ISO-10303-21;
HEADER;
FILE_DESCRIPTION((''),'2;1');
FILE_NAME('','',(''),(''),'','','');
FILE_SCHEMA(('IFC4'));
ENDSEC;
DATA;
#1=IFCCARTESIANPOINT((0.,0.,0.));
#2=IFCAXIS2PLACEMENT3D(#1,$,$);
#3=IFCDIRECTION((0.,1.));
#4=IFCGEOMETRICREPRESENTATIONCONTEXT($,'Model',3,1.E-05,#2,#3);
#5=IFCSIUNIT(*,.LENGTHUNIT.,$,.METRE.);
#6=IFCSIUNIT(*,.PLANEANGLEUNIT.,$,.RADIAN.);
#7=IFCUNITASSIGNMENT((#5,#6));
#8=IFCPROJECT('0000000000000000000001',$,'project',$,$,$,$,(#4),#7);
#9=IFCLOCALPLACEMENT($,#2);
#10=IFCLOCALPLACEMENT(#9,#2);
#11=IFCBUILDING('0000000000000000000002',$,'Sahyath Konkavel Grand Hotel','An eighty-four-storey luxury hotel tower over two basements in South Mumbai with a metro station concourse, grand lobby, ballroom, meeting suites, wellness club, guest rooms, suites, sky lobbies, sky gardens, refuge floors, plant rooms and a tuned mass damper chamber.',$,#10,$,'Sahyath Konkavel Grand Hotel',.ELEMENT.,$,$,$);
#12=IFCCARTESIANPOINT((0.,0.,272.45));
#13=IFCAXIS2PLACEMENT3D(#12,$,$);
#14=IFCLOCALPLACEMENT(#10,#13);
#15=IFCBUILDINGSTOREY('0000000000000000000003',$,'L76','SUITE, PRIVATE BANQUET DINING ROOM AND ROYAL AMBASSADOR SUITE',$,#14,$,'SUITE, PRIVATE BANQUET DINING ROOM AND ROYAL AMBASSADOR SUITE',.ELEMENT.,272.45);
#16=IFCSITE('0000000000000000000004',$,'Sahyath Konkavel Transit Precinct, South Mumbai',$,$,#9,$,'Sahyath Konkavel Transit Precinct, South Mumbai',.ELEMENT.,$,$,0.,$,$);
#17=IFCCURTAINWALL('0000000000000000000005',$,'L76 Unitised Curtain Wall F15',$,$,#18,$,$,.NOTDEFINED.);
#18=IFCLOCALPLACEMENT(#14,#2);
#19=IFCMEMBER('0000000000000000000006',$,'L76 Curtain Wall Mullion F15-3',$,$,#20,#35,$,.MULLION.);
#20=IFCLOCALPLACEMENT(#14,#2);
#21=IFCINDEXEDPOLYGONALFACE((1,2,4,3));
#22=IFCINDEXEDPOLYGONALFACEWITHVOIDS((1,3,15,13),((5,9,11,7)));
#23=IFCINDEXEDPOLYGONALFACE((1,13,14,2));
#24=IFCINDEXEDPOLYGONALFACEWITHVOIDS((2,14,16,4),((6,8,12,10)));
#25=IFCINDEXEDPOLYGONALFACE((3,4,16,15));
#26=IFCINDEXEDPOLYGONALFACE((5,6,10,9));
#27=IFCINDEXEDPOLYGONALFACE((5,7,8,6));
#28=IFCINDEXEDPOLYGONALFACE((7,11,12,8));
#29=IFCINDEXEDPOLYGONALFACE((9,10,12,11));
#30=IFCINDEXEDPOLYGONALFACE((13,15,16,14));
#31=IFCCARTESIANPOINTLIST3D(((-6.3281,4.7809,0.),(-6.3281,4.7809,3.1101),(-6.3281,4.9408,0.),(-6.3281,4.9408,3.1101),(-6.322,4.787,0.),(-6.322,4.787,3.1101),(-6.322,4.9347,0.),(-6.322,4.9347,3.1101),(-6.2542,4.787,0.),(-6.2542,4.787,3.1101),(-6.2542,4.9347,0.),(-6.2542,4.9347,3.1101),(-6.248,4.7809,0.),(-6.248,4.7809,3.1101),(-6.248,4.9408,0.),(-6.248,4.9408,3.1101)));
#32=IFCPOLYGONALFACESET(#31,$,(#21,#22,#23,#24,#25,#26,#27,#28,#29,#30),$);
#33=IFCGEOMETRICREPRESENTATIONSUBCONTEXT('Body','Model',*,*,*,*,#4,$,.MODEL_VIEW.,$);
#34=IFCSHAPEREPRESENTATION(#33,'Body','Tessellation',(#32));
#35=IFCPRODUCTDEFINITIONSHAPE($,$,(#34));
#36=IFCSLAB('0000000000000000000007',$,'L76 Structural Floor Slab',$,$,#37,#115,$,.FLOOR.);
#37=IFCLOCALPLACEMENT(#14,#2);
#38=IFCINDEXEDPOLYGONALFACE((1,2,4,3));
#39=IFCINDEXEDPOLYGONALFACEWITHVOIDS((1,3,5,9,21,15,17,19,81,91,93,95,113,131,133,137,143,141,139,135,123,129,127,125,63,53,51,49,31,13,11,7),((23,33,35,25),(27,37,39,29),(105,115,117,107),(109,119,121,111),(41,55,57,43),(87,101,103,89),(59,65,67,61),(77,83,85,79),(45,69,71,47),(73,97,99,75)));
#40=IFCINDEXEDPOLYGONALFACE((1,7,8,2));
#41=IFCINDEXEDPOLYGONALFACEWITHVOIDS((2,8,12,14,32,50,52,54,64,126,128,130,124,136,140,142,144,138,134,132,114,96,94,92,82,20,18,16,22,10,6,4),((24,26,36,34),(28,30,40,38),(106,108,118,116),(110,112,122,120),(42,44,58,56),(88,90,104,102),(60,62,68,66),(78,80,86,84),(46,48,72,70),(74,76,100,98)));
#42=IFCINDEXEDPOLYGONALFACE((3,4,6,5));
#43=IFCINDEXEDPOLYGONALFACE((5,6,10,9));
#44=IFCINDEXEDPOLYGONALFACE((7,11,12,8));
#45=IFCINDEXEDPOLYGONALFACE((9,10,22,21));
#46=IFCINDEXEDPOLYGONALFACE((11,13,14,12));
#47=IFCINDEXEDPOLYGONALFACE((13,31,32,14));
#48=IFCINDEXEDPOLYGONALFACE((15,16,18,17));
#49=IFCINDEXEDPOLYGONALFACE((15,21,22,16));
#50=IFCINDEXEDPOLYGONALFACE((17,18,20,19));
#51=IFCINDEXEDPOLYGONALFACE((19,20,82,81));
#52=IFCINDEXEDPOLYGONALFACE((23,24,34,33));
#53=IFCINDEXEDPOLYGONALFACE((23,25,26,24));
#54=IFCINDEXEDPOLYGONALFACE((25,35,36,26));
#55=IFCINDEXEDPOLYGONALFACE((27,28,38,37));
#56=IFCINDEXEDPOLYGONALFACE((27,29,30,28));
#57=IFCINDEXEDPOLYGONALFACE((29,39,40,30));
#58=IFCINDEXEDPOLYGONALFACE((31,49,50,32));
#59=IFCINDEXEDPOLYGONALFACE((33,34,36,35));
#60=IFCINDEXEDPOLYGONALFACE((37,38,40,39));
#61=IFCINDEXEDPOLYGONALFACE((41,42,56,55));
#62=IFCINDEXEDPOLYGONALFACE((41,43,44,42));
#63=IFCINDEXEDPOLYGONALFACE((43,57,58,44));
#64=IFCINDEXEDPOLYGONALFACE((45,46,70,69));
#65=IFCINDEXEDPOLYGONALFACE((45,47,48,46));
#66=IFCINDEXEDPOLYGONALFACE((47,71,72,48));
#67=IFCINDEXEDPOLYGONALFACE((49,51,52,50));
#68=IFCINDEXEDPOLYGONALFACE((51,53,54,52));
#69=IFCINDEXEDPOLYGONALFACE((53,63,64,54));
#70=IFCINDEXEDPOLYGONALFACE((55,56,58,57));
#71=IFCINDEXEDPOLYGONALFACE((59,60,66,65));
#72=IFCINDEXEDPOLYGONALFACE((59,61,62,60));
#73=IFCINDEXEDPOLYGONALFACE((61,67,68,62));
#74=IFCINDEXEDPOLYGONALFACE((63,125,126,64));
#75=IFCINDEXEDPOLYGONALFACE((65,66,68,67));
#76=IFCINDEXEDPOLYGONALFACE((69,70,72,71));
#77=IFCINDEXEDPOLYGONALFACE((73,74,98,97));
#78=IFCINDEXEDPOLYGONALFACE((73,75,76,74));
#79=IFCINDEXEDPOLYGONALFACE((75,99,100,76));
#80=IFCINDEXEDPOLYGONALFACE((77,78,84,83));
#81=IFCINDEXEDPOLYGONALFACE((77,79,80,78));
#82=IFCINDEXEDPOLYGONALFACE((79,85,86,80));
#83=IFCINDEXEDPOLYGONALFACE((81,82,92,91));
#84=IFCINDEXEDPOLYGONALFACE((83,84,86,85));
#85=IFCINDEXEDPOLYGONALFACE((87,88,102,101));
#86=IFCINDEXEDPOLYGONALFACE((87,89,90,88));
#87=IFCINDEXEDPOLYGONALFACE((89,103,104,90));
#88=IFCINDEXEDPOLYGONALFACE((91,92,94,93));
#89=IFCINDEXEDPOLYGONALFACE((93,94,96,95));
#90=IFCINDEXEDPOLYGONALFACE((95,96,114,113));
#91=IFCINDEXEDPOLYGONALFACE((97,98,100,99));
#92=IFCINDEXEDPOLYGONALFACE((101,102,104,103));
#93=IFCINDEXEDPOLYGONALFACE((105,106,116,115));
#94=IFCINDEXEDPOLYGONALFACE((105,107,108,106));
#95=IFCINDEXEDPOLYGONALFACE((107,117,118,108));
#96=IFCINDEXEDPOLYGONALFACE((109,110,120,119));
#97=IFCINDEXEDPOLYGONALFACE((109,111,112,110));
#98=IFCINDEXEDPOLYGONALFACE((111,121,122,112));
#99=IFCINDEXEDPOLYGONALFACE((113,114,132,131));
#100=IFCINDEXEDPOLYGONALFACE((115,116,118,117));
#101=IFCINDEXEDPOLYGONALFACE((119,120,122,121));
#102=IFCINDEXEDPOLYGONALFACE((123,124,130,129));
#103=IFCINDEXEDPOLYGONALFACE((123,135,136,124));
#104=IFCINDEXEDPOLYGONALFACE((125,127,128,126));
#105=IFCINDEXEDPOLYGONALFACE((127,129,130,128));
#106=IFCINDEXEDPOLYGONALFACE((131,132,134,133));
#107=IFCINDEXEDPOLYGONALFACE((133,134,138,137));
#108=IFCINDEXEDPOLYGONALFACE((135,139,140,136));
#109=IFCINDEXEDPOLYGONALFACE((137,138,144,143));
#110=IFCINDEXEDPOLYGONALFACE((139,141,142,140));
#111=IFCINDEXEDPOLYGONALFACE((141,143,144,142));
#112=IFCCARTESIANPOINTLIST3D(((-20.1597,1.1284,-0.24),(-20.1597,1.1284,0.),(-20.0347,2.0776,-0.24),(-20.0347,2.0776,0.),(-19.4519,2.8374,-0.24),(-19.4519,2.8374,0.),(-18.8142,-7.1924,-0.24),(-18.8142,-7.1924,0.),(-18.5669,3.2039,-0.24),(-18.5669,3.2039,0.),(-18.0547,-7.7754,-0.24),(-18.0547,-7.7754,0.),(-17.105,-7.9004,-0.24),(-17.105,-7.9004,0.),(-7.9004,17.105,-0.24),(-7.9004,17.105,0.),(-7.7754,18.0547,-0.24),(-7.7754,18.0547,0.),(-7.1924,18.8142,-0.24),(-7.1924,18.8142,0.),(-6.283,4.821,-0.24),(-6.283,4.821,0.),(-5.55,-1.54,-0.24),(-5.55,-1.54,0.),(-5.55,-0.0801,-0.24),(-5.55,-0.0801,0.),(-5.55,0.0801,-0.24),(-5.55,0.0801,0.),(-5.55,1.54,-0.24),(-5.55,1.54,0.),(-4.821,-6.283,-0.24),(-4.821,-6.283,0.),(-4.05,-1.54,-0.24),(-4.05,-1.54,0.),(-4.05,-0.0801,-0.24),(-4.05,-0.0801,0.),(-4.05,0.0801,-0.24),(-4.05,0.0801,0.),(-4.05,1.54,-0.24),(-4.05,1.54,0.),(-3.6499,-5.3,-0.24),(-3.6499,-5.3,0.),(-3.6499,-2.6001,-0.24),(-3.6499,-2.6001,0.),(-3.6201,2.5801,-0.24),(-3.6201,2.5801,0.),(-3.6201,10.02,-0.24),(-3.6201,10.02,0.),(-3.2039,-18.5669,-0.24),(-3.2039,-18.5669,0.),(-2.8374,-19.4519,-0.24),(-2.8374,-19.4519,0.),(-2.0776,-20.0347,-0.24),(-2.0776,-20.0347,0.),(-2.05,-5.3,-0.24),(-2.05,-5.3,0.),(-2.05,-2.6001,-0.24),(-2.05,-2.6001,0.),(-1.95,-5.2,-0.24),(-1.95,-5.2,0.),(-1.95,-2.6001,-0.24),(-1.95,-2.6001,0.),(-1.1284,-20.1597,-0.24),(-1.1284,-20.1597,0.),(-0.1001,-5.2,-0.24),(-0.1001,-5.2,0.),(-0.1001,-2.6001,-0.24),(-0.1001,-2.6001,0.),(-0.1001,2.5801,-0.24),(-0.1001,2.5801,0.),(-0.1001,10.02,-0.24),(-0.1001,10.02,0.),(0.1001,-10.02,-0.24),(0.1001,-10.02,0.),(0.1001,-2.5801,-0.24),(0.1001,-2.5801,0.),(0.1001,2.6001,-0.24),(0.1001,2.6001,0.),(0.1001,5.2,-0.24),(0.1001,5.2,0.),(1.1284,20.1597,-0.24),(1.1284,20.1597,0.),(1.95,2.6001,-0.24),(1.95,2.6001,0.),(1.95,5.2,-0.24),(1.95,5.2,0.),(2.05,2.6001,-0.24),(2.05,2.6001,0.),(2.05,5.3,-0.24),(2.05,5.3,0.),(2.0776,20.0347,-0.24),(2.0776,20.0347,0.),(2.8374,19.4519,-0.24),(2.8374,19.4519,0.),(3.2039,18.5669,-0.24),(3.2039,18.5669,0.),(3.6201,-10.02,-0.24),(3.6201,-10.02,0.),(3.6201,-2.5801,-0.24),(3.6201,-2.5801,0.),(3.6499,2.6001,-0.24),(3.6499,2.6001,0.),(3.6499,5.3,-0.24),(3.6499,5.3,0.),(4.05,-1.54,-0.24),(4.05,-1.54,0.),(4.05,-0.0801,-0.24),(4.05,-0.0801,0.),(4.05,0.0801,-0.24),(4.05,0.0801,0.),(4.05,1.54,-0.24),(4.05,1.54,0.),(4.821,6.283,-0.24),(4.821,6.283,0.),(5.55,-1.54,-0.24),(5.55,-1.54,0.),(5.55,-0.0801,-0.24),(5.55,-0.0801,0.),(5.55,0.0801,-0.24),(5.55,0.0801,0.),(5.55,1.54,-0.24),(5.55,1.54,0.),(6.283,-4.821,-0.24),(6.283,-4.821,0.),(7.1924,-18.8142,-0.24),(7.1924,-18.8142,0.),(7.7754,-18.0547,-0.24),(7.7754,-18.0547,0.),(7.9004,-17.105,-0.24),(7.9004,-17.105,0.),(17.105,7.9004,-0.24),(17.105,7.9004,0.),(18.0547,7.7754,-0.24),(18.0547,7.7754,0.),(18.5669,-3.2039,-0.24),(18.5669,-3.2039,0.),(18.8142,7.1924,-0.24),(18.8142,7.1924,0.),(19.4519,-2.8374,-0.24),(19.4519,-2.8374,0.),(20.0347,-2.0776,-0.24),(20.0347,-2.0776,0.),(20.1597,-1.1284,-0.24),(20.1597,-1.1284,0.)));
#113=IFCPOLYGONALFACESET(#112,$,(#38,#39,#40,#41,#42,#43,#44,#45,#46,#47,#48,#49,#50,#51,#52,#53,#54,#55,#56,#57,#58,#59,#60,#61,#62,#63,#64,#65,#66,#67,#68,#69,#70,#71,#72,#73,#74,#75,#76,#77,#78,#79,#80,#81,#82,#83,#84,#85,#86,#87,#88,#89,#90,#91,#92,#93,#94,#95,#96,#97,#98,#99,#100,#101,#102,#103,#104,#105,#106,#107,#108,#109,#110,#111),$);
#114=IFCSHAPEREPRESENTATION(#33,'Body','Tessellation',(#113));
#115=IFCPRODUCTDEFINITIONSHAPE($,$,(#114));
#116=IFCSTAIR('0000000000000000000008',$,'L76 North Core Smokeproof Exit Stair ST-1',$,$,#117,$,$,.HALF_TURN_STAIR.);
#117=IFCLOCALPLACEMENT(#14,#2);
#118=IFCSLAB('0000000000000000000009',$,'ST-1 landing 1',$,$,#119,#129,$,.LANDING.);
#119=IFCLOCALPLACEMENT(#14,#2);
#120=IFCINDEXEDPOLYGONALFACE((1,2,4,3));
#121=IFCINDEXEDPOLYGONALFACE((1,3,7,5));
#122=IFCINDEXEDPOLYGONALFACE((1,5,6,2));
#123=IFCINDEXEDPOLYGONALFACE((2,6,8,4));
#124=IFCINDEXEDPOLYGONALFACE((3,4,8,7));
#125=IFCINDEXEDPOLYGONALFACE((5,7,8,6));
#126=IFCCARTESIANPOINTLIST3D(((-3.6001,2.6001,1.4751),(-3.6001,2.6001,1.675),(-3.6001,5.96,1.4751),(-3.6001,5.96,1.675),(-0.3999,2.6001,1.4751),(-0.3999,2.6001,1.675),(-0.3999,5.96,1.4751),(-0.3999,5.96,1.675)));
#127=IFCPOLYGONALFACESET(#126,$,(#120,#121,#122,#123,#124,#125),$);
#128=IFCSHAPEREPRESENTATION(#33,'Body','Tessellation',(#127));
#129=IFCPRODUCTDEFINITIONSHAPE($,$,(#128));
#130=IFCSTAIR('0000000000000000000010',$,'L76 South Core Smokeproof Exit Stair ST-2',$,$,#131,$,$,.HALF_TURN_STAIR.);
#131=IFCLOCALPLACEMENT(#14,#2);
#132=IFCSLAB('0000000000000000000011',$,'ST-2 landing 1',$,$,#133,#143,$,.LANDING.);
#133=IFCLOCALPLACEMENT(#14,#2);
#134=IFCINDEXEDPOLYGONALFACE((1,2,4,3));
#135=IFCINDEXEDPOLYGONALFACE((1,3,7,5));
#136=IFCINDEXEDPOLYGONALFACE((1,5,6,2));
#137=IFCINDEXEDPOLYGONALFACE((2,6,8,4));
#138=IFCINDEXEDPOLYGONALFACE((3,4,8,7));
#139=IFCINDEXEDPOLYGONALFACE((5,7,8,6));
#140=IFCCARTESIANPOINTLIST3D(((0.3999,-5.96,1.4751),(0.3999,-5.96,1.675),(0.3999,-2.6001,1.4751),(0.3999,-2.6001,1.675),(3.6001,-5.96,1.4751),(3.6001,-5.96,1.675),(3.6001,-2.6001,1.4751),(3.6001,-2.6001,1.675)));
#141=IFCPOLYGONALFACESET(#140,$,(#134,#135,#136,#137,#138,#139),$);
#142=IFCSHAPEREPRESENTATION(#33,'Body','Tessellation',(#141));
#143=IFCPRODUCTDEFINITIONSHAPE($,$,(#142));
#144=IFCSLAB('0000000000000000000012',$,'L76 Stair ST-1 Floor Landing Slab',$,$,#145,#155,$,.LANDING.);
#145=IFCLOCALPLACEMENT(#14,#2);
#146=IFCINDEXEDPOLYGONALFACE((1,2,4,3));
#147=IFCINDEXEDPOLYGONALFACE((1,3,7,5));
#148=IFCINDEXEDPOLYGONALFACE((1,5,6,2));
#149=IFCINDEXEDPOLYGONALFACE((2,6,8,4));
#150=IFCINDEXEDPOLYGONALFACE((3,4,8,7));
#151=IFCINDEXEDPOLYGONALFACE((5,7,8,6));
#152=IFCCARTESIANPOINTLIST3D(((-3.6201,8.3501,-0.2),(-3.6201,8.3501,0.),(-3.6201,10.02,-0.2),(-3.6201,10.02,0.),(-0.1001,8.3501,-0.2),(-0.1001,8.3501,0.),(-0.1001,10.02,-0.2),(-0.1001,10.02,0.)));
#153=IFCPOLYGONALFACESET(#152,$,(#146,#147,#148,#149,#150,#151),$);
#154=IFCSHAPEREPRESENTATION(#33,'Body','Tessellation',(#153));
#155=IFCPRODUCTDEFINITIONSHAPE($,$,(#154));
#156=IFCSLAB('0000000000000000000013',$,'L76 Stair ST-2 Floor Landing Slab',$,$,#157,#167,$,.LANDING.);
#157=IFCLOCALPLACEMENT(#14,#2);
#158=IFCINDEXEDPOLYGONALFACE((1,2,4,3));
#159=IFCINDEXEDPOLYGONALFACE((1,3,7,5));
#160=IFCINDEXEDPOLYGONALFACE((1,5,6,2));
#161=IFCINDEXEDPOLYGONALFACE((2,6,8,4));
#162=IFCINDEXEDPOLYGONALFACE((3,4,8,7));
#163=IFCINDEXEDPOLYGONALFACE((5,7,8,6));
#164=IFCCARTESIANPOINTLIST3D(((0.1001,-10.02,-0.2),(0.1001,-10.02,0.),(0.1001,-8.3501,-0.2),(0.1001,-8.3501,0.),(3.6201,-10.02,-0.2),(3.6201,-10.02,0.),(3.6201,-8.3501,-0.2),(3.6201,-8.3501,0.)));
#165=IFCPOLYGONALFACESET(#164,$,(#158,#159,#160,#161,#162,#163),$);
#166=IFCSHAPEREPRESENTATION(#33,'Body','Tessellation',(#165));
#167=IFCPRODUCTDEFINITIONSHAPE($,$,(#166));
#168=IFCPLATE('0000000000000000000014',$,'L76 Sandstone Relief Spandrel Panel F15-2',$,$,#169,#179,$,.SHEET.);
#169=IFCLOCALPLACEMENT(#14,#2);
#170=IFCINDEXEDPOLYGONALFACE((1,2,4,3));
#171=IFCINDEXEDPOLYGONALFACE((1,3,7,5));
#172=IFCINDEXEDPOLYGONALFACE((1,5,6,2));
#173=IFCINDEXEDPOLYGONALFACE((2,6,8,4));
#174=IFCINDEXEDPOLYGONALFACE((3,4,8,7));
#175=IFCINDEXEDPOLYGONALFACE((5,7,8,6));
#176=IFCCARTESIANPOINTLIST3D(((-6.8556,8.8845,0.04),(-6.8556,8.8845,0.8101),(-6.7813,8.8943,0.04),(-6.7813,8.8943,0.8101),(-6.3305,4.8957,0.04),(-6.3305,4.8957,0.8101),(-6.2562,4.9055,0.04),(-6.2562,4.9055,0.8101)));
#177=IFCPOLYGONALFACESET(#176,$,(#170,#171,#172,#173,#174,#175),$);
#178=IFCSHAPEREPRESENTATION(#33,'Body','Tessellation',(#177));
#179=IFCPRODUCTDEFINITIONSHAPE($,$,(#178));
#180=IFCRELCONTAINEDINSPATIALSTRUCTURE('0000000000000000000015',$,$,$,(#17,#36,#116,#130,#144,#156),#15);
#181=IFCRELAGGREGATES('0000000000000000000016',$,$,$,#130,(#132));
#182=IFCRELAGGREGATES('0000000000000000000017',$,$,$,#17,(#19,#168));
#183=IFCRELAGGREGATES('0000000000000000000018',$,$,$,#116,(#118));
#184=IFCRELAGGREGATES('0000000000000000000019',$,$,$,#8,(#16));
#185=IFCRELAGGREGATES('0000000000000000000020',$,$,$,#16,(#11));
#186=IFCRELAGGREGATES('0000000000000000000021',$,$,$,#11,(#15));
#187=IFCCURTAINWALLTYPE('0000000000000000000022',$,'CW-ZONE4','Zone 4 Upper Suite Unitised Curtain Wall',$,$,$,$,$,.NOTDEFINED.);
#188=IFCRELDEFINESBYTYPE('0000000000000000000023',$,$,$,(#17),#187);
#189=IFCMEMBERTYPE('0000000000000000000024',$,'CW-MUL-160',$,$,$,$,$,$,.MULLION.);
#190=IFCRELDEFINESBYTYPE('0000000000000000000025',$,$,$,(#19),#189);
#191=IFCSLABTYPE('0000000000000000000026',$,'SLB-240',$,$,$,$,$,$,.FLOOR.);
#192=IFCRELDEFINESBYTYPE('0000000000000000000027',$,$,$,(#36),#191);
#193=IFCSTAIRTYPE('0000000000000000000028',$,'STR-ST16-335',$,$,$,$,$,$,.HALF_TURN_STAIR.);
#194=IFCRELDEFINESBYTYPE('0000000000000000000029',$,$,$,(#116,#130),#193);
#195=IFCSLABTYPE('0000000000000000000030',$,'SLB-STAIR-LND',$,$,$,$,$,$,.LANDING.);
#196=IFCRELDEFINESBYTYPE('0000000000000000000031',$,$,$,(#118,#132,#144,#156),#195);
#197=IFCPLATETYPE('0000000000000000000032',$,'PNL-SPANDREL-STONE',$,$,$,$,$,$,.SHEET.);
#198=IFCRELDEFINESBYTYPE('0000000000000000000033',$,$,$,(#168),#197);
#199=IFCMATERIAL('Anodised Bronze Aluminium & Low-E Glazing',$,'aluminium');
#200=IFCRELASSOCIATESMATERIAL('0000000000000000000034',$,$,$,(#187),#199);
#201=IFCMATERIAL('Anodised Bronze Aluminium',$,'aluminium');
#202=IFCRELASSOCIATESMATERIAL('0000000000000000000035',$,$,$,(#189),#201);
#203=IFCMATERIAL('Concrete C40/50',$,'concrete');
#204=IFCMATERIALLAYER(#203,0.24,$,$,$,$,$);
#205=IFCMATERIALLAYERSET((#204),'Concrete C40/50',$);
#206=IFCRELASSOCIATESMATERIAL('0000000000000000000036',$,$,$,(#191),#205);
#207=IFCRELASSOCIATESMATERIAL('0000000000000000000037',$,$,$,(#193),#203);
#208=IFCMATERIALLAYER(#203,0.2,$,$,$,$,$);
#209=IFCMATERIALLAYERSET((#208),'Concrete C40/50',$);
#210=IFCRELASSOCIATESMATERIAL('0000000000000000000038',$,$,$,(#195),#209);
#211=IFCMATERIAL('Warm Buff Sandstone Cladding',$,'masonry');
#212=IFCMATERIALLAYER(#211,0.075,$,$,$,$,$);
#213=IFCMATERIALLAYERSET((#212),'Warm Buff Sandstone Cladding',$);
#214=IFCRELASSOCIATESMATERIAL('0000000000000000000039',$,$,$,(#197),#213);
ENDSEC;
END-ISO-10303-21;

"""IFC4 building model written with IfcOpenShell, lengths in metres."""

from ifc_helpers import new_model, si_unit, direction, frame, origin, origin_2d, place, context, subcontext, project, spatial, polyline, rectangle, hollow_rectangle, outline, extrude, source, transform, mapped, material, layer, layer_set, material_profile, profile_set, type_object, element, aggregate, save


model = new_model("IFC4")

# Units and contexts
model_context = context("Model", 3, precision=1e-05, world=origin(), true_north=direction((0.0, 1.0)))
body_context = subcontext(model_context, "Body", "Model", "MODEL_VIEW")
ifc_project = project(units=[si_unit("LENGTHUNIT", "METRE"), si_unit("PLANEANGLEUNIT", "RADIAN")], contexts=[model_context])

# Site, building, storey
site_placement = place(None, origin())
site = spatial("IfcSite", under=ifc_project, at=site_placement, Name="Sahyath Konkavel Transit Precinct, South Mumbai", LongName="Sahyath Konkavel Transit Precinct, South Mumbai", CompositionType="ELEMENT", RefElevation=0.0)
building_placement = place(site_placement, origin())
building = spatial("IfcBuilding", under=site, at=building_placement, Name="Sahyath Konkavel Grand Hotel", Description="An eighty-four-storey luxury hotel tower over two basements in South Mumbai with a metro station concourse, grand lobby, ballroom, meeting suites, wellness club, guest rooms, suites, sky lobbies, sky gardens, refuge floors, plant rooms and a tuned mass damper chamber.", LongName="Sahyath Konkavel Grand Hotel", CompositionType="ELEMENT")
storey_placement = place(building_placement, frame((0.0, 0.0, 272.45)))
storey = spatial("IfcBuildingStorey", under=building, at=storey_placement, Name="L76", Description="SUITE, PRIVATE BANQUET DINING ROOM AND ROYAL AMBASSADOR SUITE", LongName="SUITE, PRIVATE BANQUET DINING ROOM AND ROYAL AMBASSADOR SUITE", CompositionType="ELEMENT", Elevation=272.45)

# Shared definitions
ifc_material_1 = material(Name="Concrete C40/50", Category="concrete")

# Curtain wall, member
ifc_material_2 = material(Name="Anodised Bronze Aluminium & Low-E Glazing", Category="aluminium")
curtain_wall_type = type_object("IfcCurtainWallType", Name="CW-ZONE4", Description="Zone 4 Upper Suite Unitised Curtain Wall", PredefinedType="NOTDEFINED", material=ifc_material_2)
curtain_wall_placement = place(storey_placement, origin())
curtain_wall = element("IfcCurtainWall", 1, at=curtain_wall_placement, inside=storey, type_object=curtain_wall_type, Name="L76 Unitised Curtain Wall F15", PredefinedType="NOTDEFINED")
ifc_material_3 = material(Name="Anodised Bronze Aluminium", Category="aluminium")
ifc_material_profile_1 = material_profile(ifc_material_3, hollow_rectangle(XDim=0.0801, YDim=0.1599, WallThickness=0.0061, at=origin_2d()), Name="RHS 160x80x6")
ifc_profile_set_1 = profile_set([ifc_material_profile_1], Name="Anodised Bronze Aluminium")
member_type = type_object("IfcMemberType", Name="CW-MUL-160", PredefinedType="MULLION", material=ifc_profile_set_1)
shared_shape_1 = source(origin(), body_context, "Body", "SweptSolid", [
    extrude(hollow_rectangle(XDim=0.0801, YDim=0.1599, WallThickness=0.0061, at=origin_2d()), origin(), (0.0, 0.0, 1.0), 3.1101),
])
member_placement = place(storey_placement, frame((-6.2881, 4.8608, 0.0), z_axis=(0.0, 0.0, 1.0), x_axis=(1.0, 0.0, 0.0)))
member = element("IfcMember", 2, at=member_placement, type_object=member_type, Name="L76 Curtain Wall Mullion F15-3", PredefinedType="MULLION", context=body_context, shape_type="MappedRepresentation", body=[
    mapped(shared_shape_1, transform((0.0, 0.0, 0.0), scale=1.0)),
])

# Slab
ifc_layer_1 = layer(ifc_material_1, 0.24)
ifc_layer_set_1 = layer_set([ifc_layer_1], Name="Concrete C40/50")
slab_type_1 = type_object("IfcSlabType", Name="SLB-240", PredefinedType="FLOOR", material=ifc_layer_set_1)
slab_1_placement = place(storey_placement, frame((0.0, 0.0, -0.24)))
element("IfcSlab", 3, at=slab_1_placement, inside=storey, type_object=slab_type_1, Name="L76 Structural Floor Slab", PredefinedType="FLOOR", context=body_context, shape_type="SweptSolid", body=[
    extrude(outline(polyline([(6.283, -4.821), (18.5669, -3.2039), (19.4519, -2.8374), (20.0347, -2.0776), (20.1597, -1.1284), (18.8142, 7.1924), (18.0547, 7.7754), (17.105, 7.9004), (4.821, 6.283), (3.2039, 18.5669), (2.8374, 19.4519), (2.0776, 20.0347), (1.1284, 20.1597), (-7.1924, 18.8142), (-7.7754, 18.0547), (-7.9004, 17.105), (-6.283, 4.821), (-18.5669, 3.2039), (-19.4519, 2.8374), (-20.0347, 2.0776), (-20.1597, 1.1284), (-18.8142, -7.1924), (-18.0547, -7.7754), (-17.105, -7.9004), (-4.821, -6.283), (-3.2039, -18.5669), (-2.8374, -19.4519), (-2.0776, -20.0347), (-1.1284, -20.1597), (7.1924, -18.8142), (7.7754, -18.0547), (7.9004, -17.105), (6.283, -4.821)]), holes=[polyline([(-3.6201, 2.5801), (-0.1001, 2.5801), (-0.1001, 10.02), (-3.6201, 10.02), (-3.6201, 2.5801)]), polyline([(0.1001, -10.02), (3.6201, -10.02), (3.6201, -2.5801), (0.1001, -2.5801), (0.1001, -10.02)]), polyline([(0.1001, 2.6001), (1.95, 2.6001), (1.95, 5.2), (0.1001, 5.2), (0.1001, 2.6001)]), polyline([(-1.95, -5.2), (-0.1001, -5.2), (-0.1001, -2.6001), (-1.95, -2.6001), (-1.95, -5.2)]), polyline([(2.05, 2.6001), (3.6499, 2.6001), (3.6499, 5.3), (2.05, 5.3), (2.05, 2.6001)]), polyline([(-3.6499, -5.3), (-2.05, -5.3), (-2.05, -2.6001), (-3.6499, -2.6001), (-3.6499, -5.3)]), polyline([(4.05, 0.0801), (5.55, 0.0801), (5.55, 1.54), (4.05, 1.54), (4.05, 0.0801)]), polyline([(4.05, -1.54), (5.55, -1.54), (5.55, -0.0801), (4.05, -0.0801), (4.05, -1.54)]), polyline([(-5.55, 0.0801), (-4.05, 0.0801), (-4.05, 1.54), (-5.55, 1.54), (-5.55, 0.0801)]), polyline([(-5.55, -1.54), (-4.05, -1.54), (-4.05, -0.0801), (-5.55, -0.0801), (-5.55, -1.54)])]), origin(), (0.0, 0.0, 1.0), 0.24),
])

# Stairs, slabs
stair_type = type_object("IfcStairType", Name="STR-ST16-335", PredefinedType="HALF_TURN_STAIR", material=ifc_material_1)
stair_1_placement = place(storey_placement, origin())
stair_1 = element("IfcStair", 4, at=stair_1_placement, inside=storey, type_object=stair_type, Name="L76 North Core Smokeproof Exit Stair ST-1", PredefinedType="HALF_TURN_STAIR")
ifc_layer_2 = layer(ifc_material_1, 0.2)
ifc_layer_set_2 = layer_set([ifc_layer_2], Name="Concrete C40/50")
slab_type_2 = type_object("IfcSlabType", Name="SLB-STAIR-LND", PredefinedType="LANDING", material=ifc_layer_set_2)
slab_2_placement = place(storey_placement, frame((0.0, 0.0, 1.4751)))
slab_2 = element("IfcSlab", 5, at=slab_2_placement, type_object=slab_type_2, Name="ST-1 landing 1", PredefinedType="LANDING", context=body_context, shape_type="SweptSolid", body=[
    extrude(outline(polyline([(-3.6001, 5.96), (-3.6001, 2.6001), (-0.3999, 2.6001), (-0.3999, 5.96), (-3.6001, 5.96)])), origin(), (0.0, 0.0, 1.0), 0.2),
])
stair_2_placement = place(storey_placement, origin())
stair_2 = element("IfcStair", 6, at=stair_2_placement, inside=storey, type_object=stair_type, Name="L76 South Core Smokeproof Exit Stair ST-2", PredefinedType="HALF_TURN_STAIR")
slab_3_placement = place(storey_placement, frame((0.0, 0.0, 1.4751)))
slab_3 = element("IfcSlab", 7, at=slab_3_placement, type_object=slab_type_2, Name="ST-2 landing 1", PredefinedType="LANDING", context=body_context, shape_type="SweptSolid", body=[
    extrude(outline(polyline([(3.6001, -5.96), (3.6001, -2.6001), (0.3999, -2.6001), (0.3999, -5.96), (3.6001, -5.96)])), origin(), (0.0, 0.0, 1.0), 0.2),
])
aggregate(stair_2, [slab_3])

# Slabs
slab_4_placement = place(storey_placement, frame((0.0, 0.0, -0.2)))
element("IfcSlab", 8, at=slab_4_placement, inside=storey, type_object=slab_type_2, Name="L76 Stair ST-1 Floor Landing Slab", PredefinedType="LANDING", context=body_context, shape_type="SweptSolid", body=[
    extrude(outline(polyline([(-3.6201, 8.3501), (-0.1001, 8.3501), (-0.1001, 10.02), (-3.6201, 10.02), (-3.6201, 8.3501)])), origin(), (0.0, 0.0, 1.0), 0.2),
])
slab_5_placement = place(storey_placement, frame((0.0, 0.0, -0.2)))
element("IfcSlab", 9, at=slab_5_placement, inside=storey, type_object=slab_type_2, Name="L76 Stair ST-2 Floor Landing Slab", PredefinedType="LANDING", context=body_context, shape_type="SweptSolid", body=[
    extrude(outline(polyline([(0.1001, -10.02), (3.6201, -10.02), (3.6201, -8.3501), (0.1001, -8.3501), (0.1001, -10.02)])), origin(), (0.0, 0.0, 1.0), 0.2),
])

# Plate
ifc_material_4 = material(Name="Warm Buff Sandstone Cladding", Category="masonry")
ifc_layer_3 = layer(ifc_material_4, 0.075)
ifc_layer_set_3 = layer_set([ifc_layer_3], Name="Warm Buff Sandstone Cladding")
plate_type_1 = type_object("IfcPlateType", Name="PNL-SPANDREL-STONE", PredefinedType="SHEET", material=ifc_layer_set_3)
shared_shape_2 = source(origin(), body_context, "Body", "SweptSolid", [
    extrude(rectangle(XDim=4.0232, YDim=0.075, at=origin_2d()), origin(), (0.0, 0.0, 1.0), 0.77),
])
plate_1_placement = place(storey_placement, frame((-6.5559, 6.895, 0.04), z_axis=(0.0, 0.0, 1.0), x_axis=(0.130526, -0.991445, 0.0)))
plate_1 = element("IfcPlate", 10, at=plate_1_placement, type_object=plate_type_1, Name="L76 Sandstone Relief Spandrel Panel F15-2", PredefinedType="SHEET", context=body_context, shape_type="MappedRepresentation", body=[
    mapped(shared_shape_2, transform((0.0, 0.0, 0.0), scale=1.0)),
])
aggregate(curtain_wall, [member, plate_1])

aggregate(stair_1, [slab_2])

save(model, "model.ifc")
